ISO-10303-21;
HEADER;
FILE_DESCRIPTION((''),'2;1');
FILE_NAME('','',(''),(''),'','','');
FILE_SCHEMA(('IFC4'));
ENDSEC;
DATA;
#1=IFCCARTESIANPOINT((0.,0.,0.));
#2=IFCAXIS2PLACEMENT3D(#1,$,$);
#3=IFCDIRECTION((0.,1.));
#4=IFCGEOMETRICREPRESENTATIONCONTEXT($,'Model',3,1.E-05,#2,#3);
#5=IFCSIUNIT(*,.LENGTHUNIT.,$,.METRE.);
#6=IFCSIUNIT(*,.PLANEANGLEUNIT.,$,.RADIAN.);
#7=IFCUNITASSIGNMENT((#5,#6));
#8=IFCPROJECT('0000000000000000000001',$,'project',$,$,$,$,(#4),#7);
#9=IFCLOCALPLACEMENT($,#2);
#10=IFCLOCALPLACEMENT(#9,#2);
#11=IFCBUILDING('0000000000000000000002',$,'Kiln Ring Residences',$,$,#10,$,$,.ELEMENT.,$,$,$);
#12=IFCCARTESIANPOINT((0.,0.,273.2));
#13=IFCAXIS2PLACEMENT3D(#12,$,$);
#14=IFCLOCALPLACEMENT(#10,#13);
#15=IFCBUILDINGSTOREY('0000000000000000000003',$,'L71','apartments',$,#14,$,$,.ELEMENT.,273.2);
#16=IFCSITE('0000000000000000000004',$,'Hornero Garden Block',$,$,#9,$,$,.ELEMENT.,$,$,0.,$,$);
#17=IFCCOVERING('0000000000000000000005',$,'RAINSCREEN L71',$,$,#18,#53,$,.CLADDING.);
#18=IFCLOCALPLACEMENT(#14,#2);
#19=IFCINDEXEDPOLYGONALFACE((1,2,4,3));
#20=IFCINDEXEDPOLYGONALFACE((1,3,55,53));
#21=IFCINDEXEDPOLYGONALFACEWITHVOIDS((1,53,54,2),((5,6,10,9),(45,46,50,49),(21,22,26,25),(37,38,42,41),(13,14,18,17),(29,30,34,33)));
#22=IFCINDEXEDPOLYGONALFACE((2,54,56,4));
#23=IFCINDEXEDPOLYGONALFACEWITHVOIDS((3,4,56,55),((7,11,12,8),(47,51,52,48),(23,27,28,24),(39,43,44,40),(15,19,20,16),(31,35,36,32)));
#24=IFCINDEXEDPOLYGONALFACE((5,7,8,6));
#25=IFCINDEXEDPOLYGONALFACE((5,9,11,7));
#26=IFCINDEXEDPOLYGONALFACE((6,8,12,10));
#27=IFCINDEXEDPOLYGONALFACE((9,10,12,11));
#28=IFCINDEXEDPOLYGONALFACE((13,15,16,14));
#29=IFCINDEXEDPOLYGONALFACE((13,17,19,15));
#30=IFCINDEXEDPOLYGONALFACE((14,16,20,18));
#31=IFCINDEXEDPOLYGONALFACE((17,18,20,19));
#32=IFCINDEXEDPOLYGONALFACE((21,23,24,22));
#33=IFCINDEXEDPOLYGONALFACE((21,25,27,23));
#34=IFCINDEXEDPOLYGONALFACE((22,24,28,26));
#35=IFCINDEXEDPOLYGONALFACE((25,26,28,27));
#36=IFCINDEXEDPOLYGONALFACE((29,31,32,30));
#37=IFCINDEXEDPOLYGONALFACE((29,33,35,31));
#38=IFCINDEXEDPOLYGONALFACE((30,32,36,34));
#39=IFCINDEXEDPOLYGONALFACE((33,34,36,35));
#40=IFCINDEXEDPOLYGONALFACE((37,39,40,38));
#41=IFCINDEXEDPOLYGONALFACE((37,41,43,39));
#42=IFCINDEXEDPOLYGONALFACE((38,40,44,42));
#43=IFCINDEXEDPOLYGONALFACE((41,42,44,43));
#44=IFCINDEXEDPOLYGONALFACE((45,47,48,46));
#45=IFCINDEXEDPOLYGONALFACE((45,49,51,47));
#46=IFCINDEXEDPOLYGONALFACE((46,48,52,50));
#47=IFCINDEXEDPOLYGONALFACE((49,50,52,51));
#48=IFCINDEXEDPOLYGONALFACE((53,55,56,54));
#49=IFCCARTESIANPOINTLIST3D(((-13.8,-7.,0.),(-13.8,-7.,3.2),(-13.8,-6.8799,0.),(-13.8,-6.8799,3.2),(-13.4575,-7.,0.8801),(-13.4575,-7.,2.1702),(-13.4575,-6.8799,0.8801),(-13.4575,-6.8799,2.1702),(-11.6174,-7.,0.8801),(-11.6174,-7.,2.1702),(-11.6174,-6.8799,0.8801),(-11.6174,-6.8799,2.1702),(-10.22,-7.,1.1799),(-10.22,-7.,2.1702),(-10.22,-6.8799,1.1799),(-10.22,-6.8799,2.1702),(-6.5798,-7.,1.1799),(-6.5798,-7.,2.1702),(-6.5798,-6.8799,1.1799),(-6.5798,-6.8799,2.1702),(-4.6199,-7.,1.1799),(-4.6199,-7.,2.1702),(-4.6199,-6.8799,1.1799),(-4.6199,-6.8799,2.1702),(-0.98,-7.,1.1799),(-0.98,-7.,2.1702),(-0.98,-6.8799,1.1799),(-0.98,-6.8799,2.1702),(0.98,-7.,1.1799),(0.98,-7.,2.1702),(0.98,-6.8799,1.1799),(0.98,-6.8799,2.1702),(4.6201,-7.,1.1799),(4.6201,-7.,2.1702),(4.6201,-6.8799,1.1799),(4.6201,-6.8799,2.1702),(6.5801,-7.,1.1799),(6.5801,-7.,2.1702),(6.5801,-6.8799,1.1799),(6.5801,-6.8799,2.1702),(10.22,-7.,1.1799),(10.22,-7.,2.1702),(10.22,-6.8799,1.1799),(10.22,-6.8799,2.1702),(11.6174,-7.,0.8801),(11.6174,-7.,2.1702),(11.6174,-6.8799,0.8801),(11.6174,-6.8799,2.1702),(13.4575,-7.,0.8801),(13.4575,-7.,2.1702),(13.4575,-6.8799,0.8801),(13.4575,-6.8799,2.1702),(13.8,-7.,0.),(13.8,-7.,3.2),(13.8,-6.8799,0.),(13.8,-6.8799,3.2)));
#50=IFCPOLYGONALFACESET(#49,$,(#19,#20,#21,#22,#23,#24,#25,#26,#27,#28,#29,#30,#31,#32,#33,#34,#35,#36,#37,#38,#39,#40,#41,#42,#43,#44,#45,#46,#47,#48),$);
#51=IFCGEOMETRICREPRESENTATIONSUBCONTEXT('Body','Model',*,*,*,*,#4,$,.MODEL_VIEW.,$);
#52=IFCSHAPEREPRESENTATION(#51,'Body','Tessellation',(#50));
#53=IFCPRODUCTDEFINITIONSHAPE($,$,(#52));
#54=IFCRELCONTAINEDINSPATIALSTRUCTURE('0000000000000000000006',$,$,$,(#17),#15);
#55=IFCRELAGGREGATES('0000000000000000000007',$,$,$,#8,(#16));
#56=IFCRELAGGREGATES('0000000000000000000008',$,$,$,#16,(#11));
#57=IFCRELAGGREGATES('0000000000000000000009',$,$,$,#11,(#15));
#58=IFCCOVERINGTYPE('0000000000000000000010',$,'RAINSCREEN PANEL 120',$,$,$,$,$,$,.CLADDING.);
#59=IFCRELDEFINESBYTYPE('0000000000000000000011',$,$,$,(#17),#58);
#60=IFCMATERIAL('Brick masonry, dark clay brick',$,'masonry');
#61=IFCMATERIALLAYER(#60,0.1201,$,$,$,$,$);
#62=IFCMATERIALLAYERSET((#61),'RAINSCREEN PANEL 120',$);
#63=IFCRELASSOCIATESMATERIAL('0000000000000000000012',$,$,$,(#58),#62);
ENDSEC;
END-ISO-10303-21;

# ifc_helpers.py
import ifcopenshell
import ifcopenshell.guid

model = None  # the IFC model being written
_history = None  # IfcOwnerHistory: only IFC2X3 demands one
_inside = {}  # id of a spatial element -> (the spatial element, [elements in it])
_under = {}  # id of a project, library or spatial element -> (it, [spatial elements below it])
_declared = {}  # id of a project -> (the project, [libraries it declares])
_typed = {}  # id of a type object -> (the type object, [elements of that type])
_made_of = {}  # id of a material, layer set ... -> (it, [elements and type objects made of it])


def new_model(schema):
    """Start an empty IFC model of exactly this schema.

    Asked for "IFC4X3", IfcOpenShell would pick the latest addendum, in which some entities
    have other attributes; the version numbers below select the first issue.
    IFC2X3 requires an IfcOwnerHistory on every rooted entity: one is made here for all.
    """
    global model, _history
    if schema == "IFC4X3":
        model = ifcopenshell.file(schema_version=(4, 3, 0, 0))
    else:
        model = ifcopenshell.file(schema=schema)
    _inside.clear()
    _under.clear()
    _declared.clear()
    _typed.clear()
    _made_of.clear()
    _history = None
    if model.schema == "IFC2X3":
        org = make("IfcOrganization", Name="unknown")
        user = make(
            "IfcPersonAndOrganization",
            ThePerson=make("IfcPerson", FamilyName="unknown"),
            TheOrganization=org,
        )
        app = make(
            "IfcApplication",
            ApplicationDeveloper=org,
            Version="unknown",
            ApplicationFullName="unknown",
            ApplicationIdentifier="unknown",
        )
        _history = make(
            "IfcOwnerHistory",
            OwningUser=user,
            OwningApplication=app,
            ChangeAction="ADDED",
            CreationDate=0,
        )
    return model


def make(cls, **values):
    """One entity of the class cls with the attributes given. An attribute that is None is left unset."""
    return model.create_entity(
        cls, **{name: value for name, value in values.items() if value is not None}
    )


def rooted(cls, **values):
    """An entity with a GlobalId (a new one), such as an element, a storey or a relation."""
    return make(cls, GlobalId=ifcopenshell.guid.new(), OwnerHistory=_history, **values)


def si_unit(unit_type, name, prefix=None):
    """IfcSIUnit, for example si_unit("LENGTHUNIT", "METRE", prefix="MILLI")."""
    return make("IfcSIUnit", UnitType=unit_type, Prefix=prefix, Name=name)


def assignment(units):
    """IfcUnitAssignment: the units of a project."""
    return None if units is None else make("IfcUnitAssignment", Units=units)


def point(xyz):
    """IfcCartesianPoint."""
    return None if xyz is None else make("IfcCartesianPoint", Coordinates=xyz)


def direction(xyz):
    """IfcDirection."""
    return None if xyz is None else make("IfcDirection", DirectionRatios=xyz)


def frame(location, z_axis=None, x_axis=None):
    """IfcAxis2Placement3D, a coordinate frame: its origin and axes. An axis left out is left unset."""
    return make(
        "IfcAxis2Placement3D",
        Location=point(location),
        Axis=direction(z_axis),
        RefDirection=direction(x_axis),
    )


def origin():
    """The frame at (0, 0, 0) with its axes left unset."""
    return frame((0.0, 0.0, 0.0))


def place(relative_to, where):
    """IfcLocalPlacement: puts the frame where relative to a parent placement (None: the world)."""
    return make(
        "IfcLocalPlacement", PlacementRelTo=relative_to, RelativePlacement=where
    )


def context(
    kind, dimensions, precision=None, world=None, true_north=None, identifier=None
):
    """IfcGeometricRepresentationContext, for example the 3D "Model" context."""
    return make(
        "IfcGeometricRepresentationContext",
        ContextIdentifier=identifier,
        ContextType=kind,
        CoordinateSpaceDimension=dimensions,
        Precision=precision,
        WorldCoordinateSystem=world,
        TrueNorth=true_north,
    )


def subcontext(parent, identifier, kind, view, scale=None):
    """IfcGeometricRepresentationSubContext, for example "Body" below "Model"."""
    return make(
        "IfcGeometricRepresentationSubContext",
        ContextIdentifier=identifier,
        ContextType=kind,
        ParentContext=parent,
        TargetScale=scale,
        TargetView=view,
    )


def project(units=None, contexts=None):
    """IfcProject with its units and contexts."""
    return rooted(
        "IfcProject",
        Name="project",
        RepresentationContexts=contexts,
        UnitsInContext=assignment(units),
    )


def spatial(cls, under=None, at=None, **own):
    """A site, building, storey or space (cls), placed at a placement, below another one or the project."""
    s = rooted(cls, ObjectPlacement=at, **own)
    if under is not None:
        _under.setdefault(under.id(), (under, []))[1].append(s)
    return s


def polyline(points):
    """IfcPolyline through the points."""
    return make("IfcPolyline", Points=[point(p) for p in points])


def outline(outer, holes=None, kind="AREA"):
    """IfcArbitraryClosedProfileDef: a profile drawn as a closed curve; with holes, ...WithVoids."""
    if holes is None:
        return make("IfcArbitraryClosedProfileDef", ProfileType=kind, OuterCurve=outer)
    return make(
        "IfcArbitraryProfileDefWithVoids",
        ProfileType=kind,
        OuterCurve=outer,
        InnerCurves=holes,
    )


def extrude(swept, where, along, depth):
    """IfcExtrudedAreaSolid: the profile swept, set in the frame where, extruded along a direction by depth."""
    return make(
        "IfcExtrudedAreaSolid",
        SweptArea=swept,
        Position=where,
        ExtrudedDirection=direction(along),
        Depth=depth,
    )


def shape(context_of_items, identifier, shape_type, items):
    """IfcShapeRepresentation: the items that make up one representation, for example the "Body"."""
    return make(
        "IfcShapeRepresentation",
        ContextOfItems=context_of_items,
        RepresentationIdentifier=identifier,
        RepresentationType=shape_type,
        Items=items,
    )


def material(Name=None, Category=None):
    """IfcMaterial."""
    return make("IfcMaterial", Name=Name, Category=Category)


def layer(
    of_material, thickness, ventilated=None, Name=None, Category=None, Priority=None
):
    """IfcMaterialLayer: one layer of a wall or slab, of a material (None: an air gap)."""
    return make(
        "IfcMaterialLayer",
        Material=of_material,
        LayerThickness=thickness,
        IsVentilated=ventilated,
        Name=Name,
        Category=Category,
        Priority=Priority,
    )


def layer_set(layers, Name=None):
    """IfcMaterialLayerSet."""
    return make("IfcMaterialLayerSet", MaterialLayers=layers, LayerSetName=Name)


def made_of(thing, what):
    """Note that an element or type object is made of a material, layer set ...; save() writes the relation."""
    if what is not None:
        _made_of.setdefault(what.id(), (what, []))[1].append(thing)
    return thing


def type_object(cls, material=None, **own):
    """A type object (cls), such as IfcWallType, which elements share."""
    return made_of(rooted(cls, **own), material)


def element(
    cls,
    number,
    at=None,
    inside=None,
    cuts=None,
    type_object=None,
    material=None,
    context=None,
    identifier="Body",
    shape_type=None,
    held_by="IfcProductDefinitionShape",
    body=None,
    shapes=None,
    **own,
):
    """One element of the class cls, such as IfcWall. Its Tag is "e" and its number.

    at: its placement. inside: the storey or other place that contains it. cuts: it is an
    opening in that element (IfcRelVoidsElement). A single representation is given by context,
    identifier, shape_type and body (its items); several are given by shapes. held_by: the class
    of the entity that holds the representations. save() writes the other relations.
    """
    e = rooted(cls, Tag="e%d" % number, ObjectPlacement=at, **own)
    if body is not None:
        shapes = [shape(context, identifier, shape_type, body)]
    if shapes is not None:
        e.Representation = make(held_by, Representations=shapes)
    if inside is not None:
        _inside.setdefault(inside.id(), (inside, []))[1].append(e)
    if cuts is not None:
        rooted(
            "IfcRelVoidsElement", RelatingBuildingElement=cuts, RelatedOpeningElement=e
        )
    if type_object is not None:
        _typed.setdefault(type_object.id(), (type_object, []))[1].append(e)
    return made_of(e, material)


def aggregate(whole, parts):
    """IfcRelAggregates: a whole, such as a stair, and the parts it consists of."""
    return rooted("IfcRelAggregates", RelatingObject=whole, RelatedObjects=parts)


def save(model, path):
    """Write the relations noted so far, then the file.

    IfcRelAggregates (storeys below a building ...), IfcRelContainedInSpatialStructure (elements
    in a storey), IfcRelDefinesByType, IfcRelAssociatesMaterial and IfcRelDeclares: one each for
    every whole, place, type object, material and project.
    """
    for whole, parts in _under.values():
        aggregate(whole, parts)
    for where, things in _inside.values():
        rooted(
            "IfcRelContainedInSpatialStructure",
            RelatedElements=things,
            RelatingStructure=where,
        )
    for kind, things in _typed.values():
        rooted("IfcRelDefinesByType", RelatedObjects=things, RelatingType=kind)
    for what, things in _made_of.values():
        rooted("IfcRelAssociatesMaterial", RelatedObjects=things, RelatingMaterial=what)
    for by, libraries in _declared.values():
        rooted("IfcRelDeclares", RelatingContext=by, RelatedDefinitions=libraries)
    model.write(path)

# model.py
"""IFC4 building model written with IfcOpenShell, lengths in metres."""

from ifc_helpers import new_model, si_unit, direction, frame, origin, place, context, subcontext, project, spatial, polyline, outline, extrude, material, layer, layer_set, type_object, element, save


model = new_model("IFC4")

# Units and contexts
model_context = context("Model", 3, precision=1e-05, world=origin(), true_north=direction((0.0, 1.0)))
body_context = subcontext(model_context, "Body", "Model", "MODEL_VIEW")
ifc_project = project(units=[si_unit("LENGTHUNIT", "METRE"), si_unit("PLANEANGLEUNIT", "RADIAN")], contexts=[model_context])

# Site, building, storey
site_placement = place(None, origin())
site = spatial("IfcSite", under=ifc_project, at=site_placement, Name="Hornero Garden Block", CompositionType="ELEMENT", RefElevation=0.0)
building_placement = place(site_placement, origin())
building = spatial("IfcBuilding", under=site, at=building_placement, Name="Kiln Ring Residences", CompositionType="ELEMENT")
storey_placement = place(building_placement, frame((0.0, 0.0, 273.2)))
storey = spatial("IfcBuildingStorey", under=building, at=storey_placement, Name="L71", Description="apartments", CompositionType="ELEMENT", Elevation=273.2)

# Covering
ifc_material_1 = material(Name="Brick masonry, dark clay brick", Category="masonry")
ifc_layer_1 = layer(ifc_material_1, 0.1201)
ifc_layer_set_1 = layer_set([ifc_layer_1], Name="RAINSCREEN PANEL 120")
covering_type = type_object("IfcCoveringType", Name="RAINSCREEN PANEL 120", PredefinedType="CLADDING", material=ifc_layer_set_1)
covering_placement = place(storey_placement, frame((13.8, -6.9399, 0.0), z_axis=(0.0, 0.0, 1.0), x_axis=(-1.0, 0.0, 0.0)))
element("IfcCovering", 1, at=covering_placement, inside=storey, type_object=covering_type, Name="RAINSCREEN L71", PredefinedType="CLADDING", context=body_context, shape_type="SweptSolid", body=[
    extrude(outline(polyline([(0.0, 0.0), (27.6001, 0.0), (27.6001, 3.2), (0.0, 3.2), (0.0, 0.0)]), holes=[polyline([(2.1826, 0.8801), (2.1826, 2.1702), (0.3425, 2.1702), (0.3425, 0.8801), (2.1826, 0.8801)]), polyline([(25.4175, 0.8801), (27.2576, 0.8801), (27.2576, 2.1702), (25.4175, 2.1702), (25.4175, 0.8801)]), polyline([(3.5801, 1.1799), (7.22, 1.1799), (7.22, 2.1702), (3.5801, 2.1702), (3.5801, 1.1799)]), polyline([(12.8201, 1.1799), (12.8201, 2.1702), (9.1799, 2.1702), (9.1799, 1.1799), (12.8201, 1.1799)]), polyline([(14.78, 1.1799), (18.4199, 1.1799), (18.4199, 2.1702), (14.78, 2.1702), (14.78, 1.1799)]), polyline([(20.3799, 1.1799), (24.02, 1.1799), (24.02, 2.1702), (20.3799, 2.1702), (20.3799, 1.1799)])]), frame((0.0, 0.0601, 0.0), z_axis=(0.0, -1.0, 0.0), x_axis=(1.0, 0.0, 0.0)), (0.0, 0.0, 1.0), 0.1201),
])

save(model, "model.ifc")
